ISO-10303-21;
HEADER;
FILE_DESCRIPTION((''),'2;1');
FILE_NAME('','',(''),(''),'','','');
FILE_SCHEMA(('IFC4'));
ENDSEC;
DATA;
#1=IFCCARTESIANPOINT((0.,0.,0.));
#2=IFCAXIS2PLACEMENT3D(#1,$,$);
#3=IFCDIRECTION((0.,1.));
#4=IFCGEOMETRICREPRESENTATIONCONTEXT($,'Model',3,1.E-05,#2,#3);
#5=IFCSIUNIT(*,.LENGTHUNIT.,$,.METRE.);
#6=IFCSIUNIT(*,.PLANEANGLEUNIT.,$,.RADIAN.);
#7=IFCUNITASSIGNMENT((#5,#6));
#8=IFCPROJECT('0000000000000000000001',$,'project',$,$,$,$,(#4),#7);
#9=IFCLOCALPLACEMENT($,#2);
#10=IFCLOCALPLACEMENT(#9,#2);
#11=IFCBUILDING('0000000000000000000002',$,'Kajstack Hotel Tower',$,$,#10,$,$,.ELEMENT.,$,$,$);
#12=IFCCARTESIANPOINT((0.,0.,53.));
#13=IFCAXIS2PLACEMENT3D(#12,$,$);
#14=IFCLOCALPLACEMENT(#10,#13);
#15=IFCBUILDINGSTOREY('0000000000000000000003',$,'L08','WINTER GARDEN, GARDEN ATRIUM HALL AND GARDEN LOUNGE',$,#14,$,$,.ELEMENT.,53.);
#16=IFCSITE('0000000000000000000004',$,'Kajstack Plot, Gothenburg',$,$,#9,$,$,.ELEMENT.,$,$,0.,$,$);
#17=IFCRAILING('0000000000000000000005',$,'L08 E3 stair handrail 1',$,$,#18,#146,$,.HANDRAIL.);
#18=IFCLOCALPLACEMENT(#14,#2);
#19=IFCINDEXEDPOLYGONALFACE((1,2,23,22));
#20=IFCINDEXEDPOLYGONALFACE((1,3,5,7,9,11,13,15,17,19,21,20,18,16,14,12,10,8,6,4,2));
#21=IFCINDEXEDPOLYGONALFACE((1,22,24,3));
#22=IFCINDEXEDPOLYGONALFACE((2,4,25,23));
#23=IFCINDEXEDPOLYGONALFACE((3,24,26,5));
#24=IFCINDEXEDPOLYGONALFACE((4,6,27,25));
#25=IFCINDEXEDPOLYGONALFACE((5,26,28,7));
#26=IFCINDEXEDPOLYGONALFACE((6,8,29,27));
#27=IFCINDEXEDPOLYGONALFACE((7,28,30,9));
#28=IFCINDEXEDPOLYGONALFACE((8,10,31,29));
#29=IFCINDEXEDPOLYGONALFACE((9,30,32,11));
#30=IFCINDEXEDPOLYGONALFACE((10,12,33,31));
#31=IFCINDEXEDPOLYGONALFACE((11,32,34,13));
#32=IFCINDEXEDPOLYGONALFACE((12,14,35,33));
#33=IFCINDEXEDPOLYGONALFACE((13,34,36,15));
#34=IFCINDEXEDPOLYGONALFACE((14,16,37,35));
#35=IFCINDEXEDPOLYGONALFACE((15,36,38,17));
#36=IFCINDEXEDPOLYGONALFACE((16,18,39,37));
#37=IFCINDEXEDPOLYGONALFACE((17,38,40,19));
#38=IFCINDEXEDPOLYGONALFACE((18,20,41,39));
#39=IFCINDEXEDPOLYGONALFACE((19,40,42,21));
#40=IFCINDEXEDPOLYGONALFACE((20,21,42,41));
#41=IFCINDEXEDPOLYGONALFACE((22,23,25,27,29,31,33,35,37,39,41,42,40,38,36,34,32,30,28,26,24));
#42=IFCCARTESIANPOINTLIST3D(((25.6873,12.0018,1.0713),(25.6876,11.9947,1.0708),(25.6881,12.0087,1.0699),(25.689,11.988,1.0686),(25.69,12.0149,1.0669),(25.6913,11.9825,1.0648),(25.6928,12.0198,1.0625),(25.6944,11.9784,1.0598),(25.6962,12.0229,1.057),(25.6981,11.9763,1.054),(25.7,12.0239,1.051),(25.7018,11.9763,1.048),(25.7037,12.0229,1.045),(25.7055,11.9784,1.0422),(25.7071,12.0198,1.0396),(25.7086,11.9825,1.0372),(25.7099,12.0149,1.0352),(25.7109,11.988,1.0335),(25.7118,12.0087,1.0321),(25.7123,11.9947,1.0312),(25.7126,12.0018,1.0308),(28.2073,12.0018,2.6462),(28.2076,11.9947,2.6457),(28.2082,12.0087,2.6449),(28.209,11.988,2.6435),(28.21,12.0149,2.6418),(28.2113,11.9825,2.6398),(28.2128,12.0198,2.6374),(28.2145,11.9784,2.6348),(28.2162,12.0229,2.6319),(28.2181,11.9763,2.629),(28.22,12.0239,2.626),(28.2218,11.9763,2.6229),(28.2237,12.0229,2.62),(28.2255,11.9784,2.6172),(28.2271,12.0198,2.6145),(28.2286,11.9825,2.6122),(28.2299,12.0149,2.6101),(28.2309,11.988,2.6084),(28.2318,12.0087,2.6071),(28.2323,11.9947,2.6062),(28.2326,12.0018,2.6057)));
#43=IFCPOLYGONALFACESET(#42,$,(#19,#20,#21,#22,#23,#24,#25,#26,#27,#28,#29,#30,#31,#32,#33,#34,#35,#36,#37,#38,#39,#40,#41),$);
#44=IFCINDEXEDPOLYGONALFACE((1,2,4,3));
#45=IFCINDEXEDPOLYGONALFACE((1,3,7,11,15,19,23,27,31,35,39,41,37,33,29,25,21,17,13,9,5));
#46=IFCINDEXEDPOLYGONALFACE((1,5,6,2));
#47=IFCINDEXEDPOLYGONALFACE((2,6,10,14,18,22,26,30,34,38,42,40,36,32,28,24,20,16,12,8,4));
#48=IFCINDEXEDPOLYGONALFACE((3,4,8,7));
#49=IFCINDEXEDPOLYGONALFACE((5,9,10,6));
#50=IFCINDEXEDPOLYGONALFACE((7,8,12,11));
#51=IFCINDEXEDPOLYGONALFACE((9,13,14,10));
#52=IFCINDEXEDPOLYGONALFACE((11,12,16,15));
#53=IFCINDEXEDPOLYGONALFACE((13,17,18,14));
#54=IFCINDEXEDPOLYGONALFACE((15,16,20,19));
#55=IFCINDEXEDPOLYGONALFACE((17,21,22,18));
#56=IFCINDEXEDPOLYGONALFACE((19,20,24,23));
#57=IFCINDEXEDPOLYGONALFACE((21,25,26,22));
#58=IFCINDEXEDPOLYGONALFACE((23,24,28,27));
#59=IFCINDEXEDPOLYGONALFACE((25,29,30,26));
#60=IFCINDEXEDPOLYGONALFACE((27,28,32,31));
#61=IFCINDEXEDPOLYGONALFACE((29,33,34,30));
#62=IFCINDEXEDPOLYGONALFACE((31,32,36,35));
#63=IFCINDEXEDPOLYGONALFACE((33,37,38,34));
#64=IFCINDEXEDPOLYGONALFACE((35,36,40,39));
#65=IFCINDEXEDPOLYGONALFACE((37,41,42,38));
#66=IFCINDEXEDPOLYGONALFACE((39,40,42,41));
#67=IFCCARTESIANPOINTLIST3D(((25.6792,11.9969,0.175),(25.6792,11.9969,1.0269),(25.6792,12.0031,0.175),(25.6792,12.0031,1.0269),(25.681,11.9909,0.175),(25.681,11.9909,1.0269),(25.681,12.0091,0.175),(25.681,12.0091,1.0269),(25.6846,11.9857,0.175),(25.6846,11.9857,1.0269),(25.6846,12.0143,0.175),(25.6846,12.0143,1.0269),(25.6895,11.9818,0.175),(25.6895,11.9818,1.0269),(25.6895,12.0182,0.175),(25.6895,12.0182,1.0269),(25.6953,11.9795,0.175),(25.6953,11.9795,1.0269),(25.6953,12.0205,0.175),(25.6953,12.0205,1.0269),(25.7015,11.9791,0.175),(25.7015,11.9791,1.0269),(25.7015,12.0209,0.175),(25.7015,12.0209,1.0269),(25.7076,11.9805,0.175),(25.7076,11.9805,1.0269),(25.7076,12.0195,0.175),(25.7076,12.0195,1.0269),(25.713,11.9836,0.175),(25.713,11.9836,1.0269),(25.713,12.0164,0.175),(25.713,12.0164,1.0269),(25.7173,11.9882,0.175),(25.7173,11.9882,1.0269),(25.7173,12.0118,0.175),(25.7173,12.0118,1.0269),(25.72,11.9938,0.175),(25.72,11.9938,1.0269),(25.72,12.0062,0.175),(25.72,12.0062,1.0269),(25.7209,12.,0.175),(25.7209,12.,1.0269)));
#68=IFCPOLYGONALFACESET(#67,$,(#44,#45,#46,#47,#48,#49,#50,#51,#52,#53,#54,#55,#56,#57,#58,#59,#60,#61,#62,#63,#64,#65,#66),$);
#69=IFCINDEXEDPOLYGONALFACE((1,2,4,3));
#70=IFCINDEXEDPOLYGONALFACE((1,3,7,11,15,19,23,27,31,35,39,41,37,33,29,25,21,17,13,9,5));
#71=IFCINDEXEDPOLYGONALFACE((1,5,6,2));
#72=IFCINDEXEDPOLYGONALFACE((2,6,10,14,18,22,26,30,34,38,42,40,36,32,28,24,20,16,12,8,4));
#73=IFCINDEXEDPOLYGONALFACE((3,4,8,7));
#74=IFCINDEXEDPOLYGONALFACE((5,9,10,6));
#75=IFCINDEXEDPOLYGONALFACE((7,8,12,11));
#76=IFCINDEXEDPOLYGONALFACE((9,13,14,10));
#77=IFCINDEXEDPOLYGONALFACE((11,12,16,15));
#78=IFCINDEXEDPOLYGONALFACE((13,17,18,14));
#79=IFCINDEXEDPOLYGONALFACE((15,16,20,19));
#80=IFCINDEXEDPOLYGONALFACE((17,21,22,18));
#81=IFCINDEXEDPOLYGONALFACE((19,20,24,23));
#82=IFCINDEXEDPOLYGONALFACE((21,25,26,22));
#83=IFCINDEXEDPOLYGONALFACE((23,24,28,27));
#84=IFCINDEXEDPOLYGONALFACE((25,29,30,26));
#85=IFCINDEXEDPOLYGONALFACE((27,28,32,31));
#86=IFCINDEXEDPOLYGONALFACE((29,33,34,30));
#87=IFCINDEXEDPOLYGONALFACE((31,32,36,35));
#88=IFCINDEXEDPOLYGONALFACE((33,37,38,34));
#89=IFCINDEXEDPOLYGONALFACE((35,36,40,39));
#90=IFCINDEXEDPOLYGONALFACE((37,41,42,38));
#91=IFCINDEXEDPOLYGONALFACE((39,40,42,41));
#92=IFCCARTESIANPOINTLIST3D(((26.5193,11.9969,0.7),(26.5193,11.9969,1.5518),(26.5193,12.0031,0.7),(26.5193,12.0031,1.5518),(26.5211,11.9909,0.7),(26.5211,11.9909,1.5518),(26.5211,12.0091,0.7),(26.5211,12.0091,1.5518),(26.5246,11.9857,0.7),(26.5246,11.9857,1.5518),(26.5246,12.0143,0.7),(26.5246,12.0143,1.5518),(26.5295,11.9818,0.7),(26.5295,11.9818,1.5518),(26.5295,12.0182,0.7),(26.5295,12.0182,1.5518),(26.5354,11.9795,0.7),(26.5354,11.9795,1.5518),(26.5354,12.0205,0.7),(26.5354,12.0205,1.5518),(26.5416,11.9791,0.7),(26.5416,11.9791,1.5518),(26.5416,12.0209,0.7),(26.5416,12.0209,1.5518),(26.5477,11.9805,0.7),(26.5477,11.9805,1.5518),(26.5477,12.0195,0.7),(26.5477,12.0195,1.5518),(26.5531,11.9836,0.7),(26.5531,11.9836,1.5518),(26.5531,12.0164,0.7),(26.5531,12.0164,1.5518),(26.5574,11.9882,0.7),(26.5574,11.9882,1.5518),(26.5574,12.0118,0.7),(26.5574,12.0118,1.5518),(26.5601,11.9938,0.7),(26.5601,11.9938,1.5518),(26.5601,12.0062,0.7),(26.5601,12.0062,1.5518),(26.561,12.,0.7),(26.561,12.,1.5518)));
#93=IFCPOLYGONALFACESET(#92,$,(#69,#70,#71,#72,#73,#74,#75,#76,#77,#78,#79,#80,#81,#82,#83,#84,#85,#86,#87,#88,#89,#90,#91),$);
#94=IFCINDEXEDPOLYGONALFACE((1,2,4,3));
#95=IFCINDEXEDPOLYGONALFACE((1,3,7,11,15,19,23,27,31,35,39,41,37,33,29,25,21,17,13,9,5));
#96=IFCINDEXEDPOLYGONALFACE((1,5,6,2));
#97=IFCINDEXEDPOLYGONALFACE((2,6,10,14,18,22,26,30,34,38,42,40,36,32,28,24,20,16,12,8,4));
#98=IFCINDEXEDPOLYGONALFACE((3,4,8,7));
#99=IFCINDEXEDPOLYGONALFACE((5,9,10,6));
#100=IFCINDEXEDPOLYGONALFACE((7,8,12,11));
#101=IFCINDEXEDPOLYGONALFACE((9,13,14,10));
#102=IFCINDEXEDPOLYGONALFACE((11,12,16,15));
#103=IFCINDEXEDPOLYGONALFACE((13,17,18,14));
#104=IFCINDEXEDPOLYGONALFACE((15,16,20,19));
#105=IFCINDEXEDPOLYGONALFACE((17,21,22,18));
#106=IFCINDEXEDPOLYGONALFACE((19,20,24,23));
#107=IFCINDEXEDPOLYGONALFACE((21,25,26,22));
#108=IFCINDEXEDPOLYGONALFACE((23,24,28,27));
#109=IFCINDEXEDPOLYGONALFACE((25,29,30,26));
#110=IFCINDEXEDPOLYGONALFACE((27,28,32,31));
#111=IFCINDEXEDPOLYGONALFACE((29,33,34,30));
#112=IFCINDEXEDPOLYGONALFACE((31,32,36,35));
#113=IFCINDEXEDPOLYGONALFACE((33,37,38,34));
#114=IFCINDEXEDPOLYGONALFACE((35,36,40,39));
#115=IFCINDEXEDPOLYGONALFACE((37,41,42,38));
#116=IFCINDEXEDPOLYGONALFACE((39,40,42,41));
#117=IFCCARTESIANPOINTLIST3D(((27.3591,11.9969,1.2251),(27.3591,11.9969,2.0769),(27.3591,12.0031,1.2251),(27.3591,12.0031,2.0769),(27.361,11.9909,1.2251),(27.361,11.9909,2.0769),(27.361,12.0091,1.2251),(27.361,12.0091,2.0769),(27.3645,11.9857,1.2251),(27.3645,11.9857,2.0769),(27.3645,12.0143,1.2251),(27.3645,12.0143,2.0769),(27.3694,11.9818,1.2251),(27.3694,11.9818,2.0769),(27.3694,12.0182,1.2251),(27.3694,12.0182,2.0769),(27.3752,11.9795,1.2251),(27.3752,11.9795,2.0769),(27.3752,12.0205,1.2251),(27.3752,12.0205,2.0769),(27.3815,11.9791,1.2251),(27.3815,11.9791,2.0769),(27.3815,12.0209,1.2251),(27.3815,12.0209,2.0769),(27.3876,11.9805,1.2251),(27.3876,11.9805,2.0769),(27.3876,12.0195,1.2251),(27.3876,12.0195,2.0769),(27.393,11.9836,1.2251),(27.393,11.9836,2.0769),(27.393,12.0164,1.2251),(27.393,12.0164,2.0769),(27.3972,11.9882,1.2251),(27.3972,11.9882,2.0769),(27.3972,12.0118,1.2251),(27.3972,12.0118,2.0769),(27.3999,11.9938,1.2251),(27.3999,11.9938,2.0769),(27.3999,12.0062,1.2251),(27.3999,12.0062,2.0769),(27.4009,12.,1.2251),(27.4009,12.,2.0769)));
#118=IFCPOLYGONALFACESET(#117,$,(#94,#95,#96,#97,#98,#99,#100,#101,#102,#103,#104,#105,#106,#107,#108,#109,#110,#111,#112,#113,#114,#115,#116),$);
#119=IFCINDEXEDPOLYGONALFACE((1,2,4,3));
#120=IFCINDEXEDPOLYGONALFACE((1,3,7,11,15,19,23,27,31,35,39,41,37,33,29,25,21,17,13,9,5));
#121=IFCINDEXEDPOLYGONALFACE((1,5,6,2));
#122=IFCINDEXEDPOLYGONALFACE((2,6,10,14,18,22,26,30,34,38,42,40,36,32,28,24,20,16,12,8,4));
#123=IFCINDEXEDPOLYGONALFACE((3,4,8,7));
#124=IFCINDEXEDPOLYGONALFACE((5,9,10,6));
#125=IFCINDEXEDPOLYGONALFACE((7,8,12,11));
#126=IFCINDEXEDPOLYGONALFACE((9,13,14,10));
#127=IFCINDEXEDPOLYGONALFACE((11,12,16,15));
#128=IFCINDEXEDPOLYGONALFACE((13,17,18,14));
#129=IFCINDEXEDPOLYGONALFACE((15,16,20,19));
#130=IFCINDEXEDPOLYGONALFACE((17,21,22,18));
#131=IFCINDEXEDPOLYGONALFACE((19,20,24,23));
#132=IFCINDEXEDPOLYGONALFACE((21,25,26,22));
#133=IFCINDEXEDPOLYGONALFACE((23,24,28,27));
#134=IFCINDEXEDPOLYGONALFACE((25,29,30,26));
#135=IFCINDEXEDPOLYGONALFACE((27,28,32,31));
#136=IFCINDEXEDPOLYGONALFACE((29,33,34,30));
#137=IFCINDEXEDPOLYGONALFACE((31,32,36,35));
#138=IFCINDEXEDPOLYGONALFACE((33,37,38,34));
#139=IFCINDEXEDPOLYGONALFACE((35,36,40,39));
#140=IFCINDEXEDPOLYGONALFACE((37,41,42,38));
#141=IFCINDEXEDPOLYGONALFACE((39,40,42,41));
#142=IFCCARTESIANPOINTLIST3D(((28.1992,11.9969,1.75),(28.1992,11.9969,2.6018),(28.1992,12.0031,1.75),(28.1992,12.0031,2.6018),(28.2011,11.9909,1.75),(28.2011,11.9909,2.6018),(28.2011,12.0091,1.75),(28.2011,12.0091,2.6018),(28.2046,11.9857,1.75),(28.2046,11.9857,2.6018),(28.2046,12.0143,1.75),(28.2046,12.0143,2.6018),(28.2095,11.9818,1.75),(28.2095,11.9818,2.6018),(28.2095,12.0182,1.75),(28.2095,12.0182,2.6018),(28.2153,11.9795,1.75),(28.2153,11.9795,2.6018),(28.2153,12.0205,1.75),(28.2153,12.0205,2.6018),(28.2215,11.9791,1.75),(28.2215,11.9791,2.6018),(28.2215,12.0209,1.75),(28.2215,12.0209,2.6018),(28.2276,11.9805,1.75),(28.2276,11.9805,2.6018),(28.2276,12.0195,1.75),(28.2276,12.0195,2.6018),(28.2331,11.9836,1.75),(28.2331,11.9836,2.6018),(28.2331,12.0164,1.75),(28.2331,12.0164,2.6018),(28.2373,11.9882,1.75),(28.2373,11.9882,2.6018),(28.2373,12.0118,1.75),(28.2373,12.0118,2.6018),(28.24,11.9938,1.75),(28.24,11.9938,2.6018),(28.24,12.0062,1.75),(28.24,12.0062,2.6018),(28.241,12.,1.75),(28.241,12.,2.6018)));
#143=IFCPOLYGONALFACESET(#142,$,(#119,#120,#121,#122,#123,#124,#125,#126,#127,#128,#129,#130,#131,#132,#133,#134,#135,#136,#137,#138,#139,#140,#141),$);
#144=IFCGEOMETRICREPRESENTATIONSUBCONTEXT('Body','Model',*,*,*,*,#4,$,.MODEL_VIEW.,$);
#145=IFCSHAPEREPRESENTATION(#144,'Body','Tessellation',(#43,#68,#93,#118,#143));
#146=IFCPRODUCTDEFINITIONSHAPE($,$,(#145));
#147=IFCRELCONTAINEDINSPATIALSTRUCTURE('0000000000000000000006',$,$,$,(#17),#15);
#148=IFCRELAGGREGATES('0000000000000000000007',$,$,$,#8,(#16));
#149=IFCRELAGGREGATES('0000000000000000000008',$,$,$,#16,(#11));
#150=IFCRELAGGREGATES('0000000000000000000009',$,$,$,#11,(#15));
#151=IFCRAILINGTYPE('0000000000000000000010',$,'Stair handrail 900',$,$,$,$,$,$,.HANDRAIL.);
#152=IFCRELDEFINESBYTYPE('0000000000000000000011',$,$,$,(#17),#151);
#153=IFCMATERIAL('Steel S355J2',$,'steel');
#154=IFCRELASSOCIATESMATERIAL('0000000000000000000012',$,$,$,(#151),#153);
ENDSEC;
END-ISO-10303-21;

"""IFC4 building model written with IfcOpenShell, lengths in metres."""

from ifc_helpers import new_model, si_unit, direction, frame, origin, origin_2d, place, context, subcontext, project, spatial, circle, extrude, material, type_object, element, save


model = new_model("IFC4")

# Units and contexts
model_context = context("Model", 3, precision=1e-05, world=origin(), true_north=direction((0.0, 1.0)))
body_context = subcontext(model_context, "Body", "Model", "MODEL_VIEW")
ifc_project = project(units=[si_unit("LENGTHUNIT", "METRE"), si_unit("PLANEANGLEUNIT", "RADIAN")], contexts=[model_context])

# Site, building, storey
site_placement = place(None, origin())
site = spatial("IfcSite", under=ifc_project, at=site_placement, Name="Kajstack Plot, Gothenburg", CompositionType="ELEMENT", RefElevation=0.0)
building_placement = place(site_placement, origin())
building = spatial("IfcBuilding", under=site, at=building_placement, Name="Kajstack Hotel Tower", CompositionType="ELEMENT")
storey_placement = place(building_placement, frame((0.0, 0.0, 53.0)))
storey = spatial("IfcBuildingStorey", under=building, at=storey_placement, Name="L08", Description="WINTER GARDEN, GARDEN ATRIUM HALL AND GARDEN LOUNGE", CompositionType="ELEMENT", Elevation=53.0)

# Railing
ifc_material_1 = material(Name="Steel S355J2", Category="steel")
railing_type_1 = type_object("IfcRailingType", Name="Stair handrail 900", PredefinedType="HANDRAIL", material=ifc_material_1)
railing_1_placement = place(storey_placement, frame((25.7, 12.0, 0.175)))
element("IfcRailing", 1, at=railing_1_placement, inside=storey, type_object=railing_type_1, Name="L08 E3 stair handrail 1", PredefinedType="HANDRAIL", context=body_context, shape_type="SweptSolid", body=[
    extrude(circle(Radius=0.0239, at=origin_2d()), frame((0.0, 0.0, 0.876), z_axis=(0.848008, 0.0, 0.529984), x_axis=(0.0, 1.0, 0.0)), (0.0, 0.0, 1.0), 2.9717),
    extrude(circle(Radius=0.021, at=origin_2d()), origin(), (0.0, 0.0, 1.0), 0.8518),
    extrude(circle(Radius=0.021, at=origin_2d()), frame((0.8401, 0.0, 0.5249)), (0.0, 0.0, 1.0), 0.8518),
    extrude(circle(Radius=0.021, at=origin_2d()), frame((1.6799, 0.0, 1.05)), (0.0, 0.0, 1.0), 0.8518),
    extrude(circle(Radius=0.021, at=origin_2d()), frame((2.52, 0.0, 1.575)), (0.0, 0.0, 1.0), 0.8518),
])

save(model, "model.ifc")
